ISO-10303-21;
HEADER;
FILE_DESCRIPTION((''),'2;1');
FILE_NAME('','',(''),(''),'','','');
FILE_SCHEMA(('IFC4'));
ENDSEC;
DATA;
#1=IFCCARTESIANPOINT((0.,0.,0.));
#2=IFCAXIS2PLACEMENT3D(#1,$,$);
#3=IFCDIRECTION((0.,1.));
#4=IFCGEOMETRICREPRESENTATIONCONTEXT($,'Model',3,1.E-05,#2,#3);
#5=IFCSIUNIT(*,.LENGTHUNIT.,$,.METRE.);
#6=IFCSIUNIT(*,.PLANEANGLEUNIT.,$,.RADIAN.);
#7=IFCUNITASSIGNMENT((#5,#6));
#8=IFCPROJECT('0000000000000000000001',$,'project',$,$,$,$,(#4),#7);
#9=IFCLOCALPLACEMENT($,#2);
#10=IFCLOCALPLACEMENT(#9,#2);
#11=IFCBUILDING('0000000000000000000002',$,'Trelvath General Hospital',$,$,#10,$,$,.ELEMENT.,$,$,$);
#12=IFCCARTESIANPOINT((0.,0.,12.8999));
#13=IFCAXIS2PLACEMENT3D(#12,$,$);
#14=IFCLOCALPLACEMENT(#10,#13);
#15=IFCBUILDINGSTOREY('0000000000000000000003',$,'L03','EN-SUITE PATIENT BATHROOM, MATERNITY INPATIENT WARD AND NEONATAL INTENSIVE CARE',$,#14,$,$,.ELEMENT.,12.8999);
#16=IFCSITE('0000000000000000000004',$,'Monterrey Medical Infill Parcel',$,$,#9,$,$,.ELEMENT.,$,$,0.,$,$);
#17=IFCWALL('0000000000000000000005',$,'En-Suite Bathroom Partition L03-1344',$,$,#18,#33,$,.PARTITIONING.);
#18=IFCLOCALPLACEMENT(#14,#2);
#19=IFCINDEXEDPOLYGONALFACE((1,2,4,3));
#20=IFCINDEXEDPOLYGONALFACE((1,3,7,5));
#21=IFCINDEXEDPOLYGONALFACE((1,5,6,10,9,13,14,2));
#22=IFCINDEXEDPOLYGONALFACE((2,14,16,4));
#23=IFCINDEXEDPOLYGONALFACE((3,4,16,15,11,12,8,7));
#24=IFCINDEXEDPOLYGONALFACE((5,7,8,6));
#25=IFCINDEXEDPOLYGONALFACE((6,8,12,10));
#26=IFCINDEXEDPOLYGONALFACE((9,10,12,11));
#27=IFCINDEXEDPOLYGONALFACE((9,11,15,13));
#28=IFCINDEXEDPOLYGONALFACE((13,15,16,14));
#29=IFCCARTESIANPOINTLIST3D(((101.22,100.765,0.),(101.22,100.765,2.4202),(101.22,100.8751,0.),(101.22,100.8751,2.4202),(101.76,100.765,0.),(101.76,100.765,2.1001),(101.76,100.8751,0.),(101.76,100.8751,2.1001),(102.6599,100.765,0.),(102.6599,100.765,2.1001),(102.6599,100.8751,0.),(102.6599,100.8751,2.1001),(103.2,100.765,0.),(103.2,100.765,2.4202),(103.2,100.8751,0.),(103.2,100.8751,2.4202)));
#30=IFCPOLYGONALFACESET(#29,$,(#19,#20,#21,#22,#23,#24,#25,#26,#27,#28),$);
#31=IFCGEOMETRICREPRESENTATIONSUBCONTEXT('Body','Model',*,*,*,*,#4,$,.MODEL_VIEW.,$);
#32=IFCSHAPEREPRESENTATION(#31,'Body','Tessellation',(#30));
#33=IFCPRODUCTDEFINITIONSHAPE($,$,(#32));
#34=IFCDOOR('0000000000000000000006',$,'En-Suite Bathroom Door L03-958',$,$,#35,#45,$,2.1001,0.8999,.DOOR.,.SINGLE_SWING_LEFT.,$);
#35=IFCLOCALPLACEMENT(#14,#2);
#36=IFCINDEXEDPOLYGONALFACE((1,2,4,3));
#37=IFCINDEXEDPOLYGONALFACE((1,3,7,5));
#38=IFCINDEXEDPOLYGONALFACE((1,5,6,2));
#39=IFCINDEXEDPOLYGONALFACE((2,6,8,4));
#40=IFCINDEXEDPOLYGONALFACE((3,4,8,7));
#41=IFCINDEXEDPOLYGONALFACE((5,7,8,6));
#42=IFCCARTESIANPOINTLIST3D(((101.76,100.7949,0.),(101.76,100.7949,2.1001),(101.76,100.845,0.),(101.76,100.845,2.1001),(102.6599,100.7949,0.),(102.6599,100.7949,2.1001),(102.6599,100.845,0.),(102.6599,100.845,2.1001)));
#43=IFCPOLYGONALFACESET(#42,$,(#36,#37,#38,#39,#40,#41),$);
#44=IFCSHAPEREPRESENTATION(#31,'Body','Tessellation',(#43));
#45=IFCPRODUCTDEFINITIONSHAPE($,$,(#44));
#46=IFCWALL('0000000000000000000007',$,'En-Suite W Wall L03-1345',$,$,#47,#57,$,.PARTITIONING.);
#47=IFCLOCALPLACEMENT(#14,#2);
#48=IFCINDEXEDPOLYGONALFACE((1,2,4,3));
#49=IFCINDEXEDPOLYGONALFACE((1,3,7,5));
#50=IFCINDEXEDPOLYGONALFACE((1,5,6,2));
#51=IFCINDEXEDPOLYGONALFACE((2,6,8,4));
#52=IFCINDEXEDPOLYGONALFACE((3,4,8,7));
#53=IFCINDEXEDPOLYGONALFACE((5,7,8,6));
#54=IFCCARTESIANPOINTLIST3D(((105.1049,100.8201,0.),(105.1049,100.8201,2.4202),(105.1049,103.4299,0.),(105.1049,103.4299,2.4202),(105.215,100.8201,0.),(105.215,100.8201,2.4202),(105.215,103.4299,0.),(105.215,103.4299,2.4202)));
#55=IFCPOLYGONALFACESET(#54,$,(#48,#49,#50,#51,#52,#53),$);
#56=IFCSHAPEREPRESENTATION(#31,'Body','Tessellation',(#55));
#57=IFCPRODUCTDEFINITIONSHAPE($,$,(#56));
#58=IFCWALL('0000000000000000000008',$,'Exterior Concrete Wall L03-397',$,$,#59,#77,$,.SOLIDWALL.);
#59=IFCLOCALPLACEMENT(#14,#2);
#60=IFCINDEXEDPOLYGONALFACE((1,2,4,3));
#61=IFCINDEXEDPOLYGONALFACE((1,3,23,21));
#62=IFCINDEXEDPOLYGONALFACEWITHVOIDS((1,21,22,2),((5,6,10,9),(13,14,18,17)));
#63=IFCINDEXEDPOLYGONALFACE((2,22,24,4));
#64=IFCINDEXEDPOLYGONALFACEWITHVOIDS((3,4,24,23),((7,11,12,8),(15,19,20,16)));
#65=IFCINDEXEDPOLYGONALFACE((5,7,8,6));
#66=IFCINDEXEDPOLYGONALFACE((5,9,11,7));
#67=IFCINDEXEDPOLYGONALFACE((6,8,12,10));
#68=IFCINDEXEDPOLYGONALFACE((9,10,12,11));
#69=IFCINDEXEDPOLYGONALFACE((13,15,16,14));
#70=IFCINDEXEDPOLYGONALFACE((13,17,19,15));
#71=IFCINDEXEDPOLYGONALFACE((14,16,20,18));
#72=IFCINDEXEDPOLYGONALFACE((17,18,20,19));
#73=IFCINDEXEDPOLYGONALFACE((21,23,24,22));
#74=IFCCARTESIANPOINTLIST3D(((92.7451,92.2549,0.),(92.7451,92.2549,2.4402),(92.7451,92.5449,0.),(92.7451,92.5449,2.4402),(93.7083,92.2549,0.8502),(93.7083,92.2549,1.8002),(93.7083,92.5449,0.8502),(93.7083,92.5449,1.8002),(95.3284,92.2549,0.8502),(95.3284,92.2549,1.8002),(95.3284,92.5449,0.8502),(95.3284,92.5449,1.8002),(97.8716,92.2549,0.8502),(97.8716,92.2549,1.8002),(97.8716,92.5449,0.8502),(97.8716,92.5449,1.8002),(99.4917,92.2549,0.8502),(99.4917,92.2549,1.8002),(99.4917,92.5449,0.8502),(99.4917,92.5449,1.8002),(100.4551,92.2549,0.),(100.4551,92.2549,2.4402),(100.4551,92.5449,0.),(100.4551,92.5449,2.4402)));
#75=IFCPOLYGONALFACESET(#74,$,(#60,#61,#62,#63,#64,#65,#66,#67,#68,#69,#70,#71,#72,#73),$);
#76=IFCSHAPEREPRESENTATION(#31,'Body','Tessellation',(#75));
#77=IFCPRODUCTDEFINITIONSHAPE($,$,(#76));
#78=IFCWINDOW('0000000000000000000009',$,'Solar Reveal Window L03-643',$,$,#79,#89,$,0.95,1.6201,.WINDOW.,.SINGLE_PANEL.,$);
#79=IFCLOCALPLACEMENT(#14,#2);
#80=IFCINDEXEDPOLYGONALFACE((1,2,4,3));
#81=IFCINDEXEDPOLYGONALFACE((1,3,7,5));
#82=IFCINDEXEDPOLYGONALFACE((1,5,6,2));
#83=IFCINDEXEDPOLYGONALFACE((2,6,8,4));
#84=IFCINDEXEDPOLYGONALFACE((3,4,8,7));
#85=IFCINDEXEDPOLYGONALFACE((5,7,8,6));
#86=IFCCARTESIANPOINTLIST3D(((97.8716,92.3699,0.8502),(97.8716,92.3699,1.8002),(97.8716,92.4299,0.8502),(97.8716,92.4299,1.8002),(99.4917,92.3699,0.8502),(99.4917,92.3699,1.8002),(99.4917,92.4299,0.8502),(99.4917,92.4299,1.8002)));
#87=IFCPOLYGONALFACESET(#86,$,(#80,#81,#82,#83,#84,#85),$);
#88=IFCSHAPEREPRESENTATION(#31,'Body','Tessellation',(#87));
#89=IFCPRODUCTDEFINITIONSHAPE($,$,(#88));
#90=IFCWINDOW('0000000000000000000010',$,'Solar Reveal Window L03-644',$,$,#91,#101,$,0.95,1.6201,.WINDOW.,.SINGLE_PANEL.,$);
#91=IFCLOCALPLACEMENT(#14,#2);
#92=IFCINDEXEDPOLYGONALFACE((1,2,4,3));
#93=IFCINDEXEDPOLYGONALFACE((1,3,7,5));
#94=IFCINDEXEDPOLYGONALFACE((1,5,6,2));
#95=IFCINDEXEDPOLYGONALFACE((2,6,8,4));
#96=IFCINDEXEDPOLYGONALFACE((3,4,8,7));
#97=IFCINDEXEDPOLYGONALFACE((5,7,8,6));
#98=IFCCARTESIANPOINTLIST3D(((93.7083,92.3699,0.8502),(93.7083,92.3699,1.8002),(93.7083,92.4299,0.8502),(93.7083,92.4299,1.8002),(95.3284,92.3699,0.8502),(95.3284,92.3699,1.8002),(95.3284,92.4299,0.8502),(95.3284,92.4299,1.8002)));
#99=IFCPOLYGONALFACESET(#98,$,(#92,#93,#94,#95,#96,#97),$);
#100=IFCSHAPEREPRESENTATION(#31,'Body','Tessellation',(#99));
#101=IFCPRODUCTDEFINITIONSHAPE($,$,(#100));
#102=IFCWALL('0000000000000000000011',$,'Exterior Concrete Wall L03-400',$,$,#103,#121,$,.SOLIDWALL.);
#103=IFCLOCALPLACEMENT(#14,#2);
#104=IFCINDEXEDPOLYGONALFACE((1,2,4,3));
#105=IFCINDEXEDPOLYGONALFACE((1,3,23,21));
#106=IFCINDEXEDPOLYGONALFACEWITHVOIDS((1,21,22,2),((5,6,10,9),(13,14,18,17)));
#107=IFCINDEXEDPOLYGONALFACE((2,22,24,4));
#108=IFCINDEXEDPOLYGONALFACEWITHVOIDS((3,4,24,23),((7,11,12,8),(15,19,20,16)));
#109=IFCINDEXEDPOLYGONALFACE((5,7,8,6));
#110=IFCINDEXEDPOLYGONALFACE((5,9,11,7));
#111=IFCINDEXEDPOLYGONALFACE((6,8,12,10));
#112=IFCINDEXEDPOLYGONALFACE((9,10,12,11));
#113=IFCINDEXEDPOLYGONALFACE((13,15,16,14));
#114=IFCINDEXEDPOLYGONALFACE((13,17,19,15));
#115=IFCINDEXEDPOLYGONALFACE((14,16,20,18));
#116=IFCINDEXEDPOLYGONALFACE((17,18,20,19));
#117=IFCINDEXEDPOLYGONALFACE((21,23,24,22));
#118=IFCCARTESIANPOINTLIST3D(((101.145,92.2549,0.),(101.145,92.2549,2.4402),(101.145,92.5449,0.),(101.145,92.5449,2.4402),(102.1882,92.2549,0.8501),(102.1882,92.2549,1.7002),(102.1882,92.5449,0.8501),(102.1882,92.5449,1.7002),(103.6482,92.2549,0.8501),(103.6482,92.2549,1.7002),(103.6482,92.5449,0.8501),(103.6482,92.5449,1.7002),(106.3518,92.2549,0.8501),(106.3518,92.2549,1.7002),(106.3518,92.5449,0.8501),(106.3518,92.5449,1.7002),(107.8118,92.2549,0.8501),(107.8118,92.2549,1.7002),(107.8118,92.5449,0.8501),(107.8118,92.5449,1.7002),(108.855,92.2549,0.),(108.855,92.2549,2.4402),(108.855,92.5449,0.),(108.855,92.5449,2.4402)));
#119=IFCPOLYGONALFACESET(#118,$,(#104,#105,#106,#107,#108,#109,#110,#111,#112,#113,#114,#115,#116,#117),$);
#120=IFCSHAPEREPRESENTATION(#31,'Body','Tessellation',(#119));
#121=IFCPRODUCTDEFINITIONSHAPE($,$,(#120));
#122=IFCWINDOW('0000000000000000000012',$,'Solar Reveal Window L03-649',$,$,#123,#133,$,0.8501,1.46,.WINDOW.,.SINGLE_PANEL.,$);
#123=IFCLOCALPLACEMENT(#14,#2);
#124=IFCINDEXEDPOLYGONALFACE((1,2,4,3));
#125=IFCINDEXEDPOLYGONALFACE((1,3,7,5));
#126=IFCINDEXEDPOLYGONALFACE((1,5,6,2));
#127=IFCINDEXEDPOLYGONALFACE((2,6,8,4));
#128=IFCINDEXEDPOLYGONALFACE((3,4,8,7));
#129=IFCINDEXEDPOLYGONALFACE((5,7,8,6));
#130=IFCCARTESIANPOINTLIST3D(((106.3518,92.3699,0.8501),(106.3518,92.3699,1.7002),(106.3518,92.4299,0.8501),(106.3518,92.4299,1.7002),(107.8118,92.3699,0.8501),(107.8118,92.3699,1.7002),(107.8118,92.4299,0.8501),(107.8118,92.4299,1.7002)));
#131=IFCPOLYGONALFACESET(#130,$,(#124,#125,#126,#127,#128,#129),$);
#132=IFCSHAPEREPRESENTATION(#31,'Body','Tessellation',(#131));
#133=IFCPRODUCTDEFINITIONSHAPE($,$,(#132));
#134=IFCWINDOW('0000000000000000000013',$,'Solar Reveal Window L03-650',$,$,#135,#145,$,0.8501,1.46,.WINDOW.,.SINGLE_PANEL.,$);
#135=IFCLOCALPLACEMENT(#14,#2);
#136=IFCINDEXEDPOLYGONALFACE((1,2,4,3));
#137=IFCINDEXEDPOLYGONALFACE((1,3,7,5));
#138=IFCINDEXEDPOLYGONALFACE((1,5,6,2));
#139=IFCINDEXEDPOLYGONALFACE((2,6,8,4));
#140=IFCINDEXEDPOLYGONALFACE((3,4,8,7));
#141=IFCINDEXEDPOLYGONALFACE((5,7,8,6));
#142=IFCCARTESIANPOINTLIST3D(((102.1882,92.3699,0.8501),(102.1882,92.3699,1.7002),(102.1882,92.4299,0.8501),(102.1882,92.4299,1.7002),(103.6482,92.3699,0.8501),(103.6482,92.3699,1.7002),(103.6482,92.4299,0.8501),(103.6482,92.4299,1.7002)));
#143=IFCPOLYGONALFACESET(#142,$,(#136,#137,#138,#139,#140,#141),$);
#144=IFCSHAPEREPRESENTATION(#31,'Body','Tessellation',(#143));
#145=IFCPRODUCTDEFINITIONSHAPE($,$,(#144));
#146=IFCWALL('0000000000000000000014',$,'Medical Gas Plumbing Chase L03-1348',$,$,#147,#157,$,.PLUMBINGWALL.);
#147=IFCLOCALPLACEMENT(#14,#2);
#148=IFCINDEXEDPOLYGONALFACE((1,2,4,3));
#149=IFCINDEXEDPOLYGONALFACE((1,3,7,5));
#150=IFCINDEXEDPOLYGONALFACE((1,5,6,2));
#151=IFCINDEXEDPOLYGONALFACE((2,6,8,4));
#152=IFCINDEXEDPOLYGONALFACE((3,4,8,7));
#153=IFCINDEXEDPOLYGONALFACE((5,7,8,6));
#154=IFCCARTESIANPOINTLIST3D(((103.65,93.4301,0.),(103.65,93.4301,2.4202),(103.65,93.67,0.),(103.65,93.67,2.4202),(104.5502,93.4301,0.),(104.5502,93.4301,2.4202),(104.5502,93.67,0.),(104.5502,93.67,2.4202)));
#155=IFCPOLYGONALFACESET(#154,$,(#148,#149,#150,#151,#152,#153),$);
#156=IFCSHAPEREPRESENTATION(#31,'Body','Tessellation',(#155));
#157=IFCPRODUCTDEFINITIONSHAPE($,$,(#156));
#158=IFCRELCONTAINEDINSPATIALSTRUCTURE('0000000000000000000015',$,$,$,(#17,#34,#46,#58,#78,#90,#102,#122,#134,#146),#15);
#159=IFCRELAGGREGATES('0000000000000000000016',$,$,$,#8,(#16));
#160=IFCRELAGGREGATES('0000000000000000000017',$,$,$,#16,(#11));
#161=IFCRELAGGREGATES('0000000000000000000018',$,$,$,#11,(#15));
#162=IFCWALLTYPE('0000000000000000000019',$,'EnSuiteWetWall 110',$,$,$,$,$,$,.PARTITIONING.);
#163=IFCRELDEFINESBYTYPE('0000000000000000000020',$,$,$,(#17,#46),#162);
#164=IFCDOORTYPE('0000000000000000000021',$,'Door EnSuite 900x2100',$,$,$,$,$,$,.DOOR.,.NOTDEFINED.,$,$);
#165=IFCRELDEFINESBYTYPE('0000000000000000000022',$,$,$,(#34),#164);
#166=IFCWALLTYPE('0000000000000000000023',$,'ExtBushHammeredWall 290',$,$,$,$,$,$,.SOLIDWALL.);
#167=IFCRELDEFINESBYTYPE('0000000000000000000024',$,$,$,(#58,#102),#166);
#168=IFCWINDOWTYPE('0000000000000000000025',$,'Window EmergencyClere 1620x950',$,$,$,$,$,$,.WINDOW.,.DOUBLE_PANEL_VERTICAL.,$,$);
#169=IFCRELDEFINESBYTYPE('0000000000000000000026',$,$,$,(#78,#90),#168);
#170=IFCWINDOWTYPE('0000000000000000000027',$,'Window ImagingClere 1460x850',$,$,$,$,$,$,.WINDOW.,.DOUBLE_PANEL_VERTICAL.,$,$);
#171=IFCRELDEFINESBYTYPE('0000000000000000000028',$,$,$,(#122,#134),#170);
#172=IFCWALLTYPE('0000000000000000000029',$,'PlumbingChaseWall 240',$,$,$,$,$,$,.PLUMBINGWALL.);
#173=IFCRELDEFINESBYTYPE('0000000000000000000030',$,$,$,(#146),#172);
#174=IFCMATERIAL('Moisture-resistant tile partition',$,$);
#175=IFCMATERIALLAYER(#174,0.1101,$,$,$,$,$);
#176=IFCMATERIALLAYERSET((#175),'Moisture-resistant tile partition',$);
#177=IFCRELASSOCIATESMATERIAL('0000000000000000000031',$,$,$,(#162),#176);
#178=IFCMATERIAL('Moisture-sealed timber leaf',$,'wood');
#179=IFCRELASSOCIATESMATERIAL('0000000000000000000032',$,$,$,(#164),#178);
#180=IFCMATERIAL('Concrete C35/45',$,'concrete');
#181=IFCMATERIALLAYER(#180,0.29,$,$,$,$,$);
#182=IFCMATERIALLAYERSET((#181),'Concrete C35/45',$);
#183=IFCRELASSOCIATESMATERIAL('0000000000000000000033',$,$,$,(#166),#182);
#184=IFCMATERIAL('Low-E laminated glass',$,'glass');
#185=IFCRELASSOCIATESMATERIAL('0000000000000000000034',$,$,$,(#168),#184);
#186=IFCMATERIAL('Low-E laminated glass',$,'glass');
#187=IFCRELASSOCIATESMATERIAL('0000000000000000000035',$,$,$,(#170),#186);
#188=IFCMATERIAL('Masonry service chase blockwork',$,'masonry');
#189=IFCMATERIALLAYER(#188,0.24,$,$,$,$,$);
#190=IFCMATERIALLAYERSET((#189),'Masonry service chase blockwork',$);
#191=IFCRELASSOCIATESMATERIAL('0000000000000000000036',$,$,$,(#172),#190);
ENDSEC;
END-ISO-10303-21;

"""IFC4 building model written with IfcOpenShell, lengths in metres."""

from ifc_helpers import new_model, si_unit, direction, frame, frame_2d, origin, place, context, subcontext, project, spatial, rectangle, extrude, material, layer, layer_set, type_object, element, fill, save


model = new_model("IFC4")

# Units and contexts
model_context = context("Model", 3, precision=1e-05, world=origin(), true_north=direction((0.0, 1.0)))
body_context = subcontext(model_context, "Body", "Model", "MODEL_VIEW")
ifc_project = project(units=[si_unit("LENGTHUNIT", "METRE"), si_unit("PLANEANGLEUNIT", "RADIAN")], contexts=[model_context])

# Site, building, storey
site_placement = place(None, origin())
site = spatial("IfcSite", under=ifc_project, at=site_placement, Name="Monterrey Medical Infill Parcel", CompositionType="ELEMENT", RefElevation=0.0)
building_placement = place(site_placement, origin())
building = spatial("IfcBuilding", under=site, at=building_placement, Name="Trelvath General Hospital", CompositionType="ELEMENT")
storey_placement = place(building_placement, frame((0.0, 0.0, 12.8999)))
storey = spatial("IfcBuildingStorey", under=building, at=storey_placement, Name="L03", Description="EN-SUITE PATIENT BATHROOM, MATERNITY INPATIENT WARD AND NEONATAL INTENSIVE CARE", CompositionType="ELEMENT", Elevation=12.8999)

# Shared definitions
ifc_material_1 = material(Name="Moisture-resistant tile partition")
ifc_layer_1 = layer(ifc_material_1, 0.1101)
ifc_layer_set_1 = layer_set([ifc_layer_1], Name="Moisture-resistant tile partition")
wall_type_1 = type_object("IfcWallType", Name="EnSuiteWetWall 110", PredefinedType="PARTITIONING", material=ifc_layer_set_1)

# Wall, opening, door
wall_1_placement = place(storey_placement, frame((101.22, 100.8201, 0.0), z_axis=(0.0, 0.0, 1.0), x_axis=(1.0, 0.0, 0.0)))
wall_1 = element("IfcWall", 1, at=wall_1_placement, inside=storey, type_object=wall_type_1, Name="En-Suite Bathroom Partition L03-1344", PredefinedType="PARTITIONING", context=body_context, shape_type="SweptSolid", body=[
    extrude(rectangle(XDim=1.98, YDim=0.1101, at=frame_2d((0.99, 0.0))), origin(), (0.0, 0.0, 1.0), 2.4202),
])
opening_1_placement = place(wall_1_placement, frame((0.54, 0.0, 0.0)))
opening_1 = element("IfcOpeningElement", 2, at=opening_1_placement, cuts=wall_1, PredefinedType="OPENING", context=body_context, shape_type="SweptSolid", body=[
    extrude(rectangle(XDim=0.8999, YDim=2.1001, at=frame_2d((0.45, 1.05))), frame((0.0, 0.0649, 0.0), z_axis=(0.0, -1.0, 0.0), x_axis=(1.0, 0.0, 0.0)), (0.0, 0.0, 1.0), 0.1301),
])
ifc_material_2 = material(Name="Moisture-sealed timber leaf", Category="wood")
door_type = type_object("IfcDoorType", Name="Door EnSuite 900x2100", OperationType="NOTDEFINED", PredefinedType="DOOR", material=ifc_material_2)
door_placement = place(opening_1_placement, origin())
door = element("IfcDoor", 3, at=door_placement, inside=storey, type_object=door_type, Name="En-Suite Bathroom Door L03-958", OperationType="SINGLE_SWING_LEFT", OverallHeight=2.1001, OverallWidth=0.8999, PredefinedType="DOOR", context=body_context, shape_type="SweptSolid", body=[
    extrude(rectangle(XDim=0.8999, YDim=2.1001, at=frame_2d((0.45, 1.05))), frame((0.0, 0.0249, 0.0), z_axis=(0.0, -1.0, 0.0), x_axis=(1.0, 0.0, 0.0)), (0.0, 0.0, 1.0), 0.05),
])
fill(opening_1, door)

# Wall
wall_2_placement = place(storey_placement, frame((105.1599, 100.8201, 0.0), z_axis=(0.0, 0.0, 1.0), x_axis=(0.0, 1.0, 0.0)))
element("IfcWall", 4, at=wall_2_placement, inside=storey, type_object=wall_type_1, Name="En-Suite W Wall L03-1345", PredefinedType="PARTITIONING", context=body_context, shape_type="SweptSolid", body=[
    extrude(rectangle(XDim=2.6099, YDim=0.1101, at=frame_2d((1.3049, 0.0))), origin(), (0.0, 0.0, 1.0), 2.4202),
])

# Walls, openings, windows
ifc_material_3 = material(Name="Concrete C35/45", Category="concrete")
ifc_layer_2 = layer(ifc_material_3, 0.29)
ifc_layer_set_2 = layer_set([ifc_layer_2], Name="Concrete C35/45")
wall_type_2 = type_object("IfcWallType", Name="ExtBushHammeredWall 290", PredefinedType="SOLIDWALL", material=ifc_layer_set_2)
wall_3_placement = place(storey_placement, frame((100.4551, 92.3999, 0.0), z_axis=(0.0, 0.0, 1.0), x_axis=(-1.0, 0.0, 0.0)))
wall_3 = element("IfcWall", 5, at=wall_3_placement, inside=storey, type_object=wall_type_2, Name="Exterior Concrete Wall L03-397", PredefinedType="SOLIDWALL", context=body_context, shape_type="SweptSolid", body=[
    extrude(rectangle(XDim=7.71, YDim=0.29, at=frame_2d((3.855, 0.0))), origin(), (0.0, 0.0, 1.0), 2.4402),
])
opening_2_placement = place(wall_3_placement, frame((0.9634, 0.0, 0.8501)))
opening_2 = element("IfcOpeningElement", 6, at=opening_2_placement, cuts=wall_3, PredefinedType="OPENING", context=body_context, shape_type="SweptSolid", body=[
    extrude(rectangle(XDim=1.6201, YDim=0.95, at=frame_2d((0.8101, 0.4751))), frame((0.0, 0.155, 0.0), z_axis=(0.0, -1.0, 0.0), x_axis=(1.0, 0.0, 0.0)), (0.0, 0.0, 1.0), 0.3101),
])
opening_3_placement = place(wall_3_placement, frame((5.1267, 0.0, 0.8501)))
opening_3 = element("IfcOpeningElement", 7, at=opening_3_placement, cuts=wall_3, PredefinedType="OPENING", context=body_context, shape_type="SweptSolid", body=[
    extrude(rectangle(XDim=1.6201, YDim=0.95, at=frame_2d((0.8101, 0.4751))), frame((0.0, 0.155, 0.0), z_axis=(0.0, -1.0, 0.0), x_axis=(1.0, 0.0, 0.0)), (0.0, 0.0, 1.0), 0.3101),
])
ifc_material_4 = material(Name="Low-E laminated glass", Category="glass")
window_type_1 = type_object("IfcWindowType", Name="Window EmergencyClere 1620x950", PartitioningType="DOUBLE_PANEL_VERTICAL", PredefinedType="WINDOW", material=ifc_material_4)
window_1_placement = place(opening_2_placement, origin())
window_1 = element("IfcWindow", 8, at=window_1_placement, inside=storey, type_object=window_type_1, Name="Solar Reveal Window L03-643", OverallHeight=0.95, OverallWidth=1.6201, PartitioningType="SINGLE_PANEL", PredefinedType="WINDOW", context=body_context, shape_type="SweptSolid", body=[
    extrude(rectangle(XDim=1.6201, YDim=0.95, at=frame_2d((0.8101, 0.4751))), frame((0.0, 0.03, 0.0), z_axis=(0.0, -1.0, 0.0), x_axis=(1.0, 0.0, 0.0)), (0.0, 0.0, 1.0), 0.0601),
])
fill(opening_2, window_1)
window_2_placement = place(opening_3_placement, origin())
window_2 = element("IfcWindow", 9, at=window_2_placement, inside=storey, type_object=window_type_1, Name="Solar Reveal Window L03-644", OverallHeight=0.95, OverallWidth=1.6201, PartitioningType="SINGLE_PANEL", PredefinedType="WINDOW", context=body_context, shape_type="SweptSolid", body=[
    extrude(rectangle(XDim=1.6201, YDim=0.95, at=frame_2d((0.8101, 0.4751))), frame((0.0, 0.03, 0.0), z_axis=(0.0, -1.0, 0.0), x_axis=(1.0, 0.0, 0.0)), (0.0, 0.0, 1.0), 0.0601),
])
fill(opening_3, window_2)
wall_4_placement = place(storey_placement, frame((108.855, 92.3999, 0.0), z_axis=(0.0, 0.0, 1.0), x_axis=(-1.0, 0.0, 0.0)))
wall_4 = element("IfcWall", 10, at=wall_4_placement, inside=storey, type_object=wall_type_2, Name="Exterior Concrete Wall L03-400", PredefinedType="SOLIDWALL", context=body_context, shape_type="SweptSolid", body=[
    extrude(rectangle(XDim=7.71, YDim=0.29, at=frame_2d((3.855, 0.0))), origin(), (0.0, 0.0, 1.0), 2.4402),
])
opening_4_placement = place(wall_4_placement, frame((1.0432, 0.0, 0.8501)))
opening_4 = element("IfcOpeningElement", 11, at=opening_4_placement, cuts=wall_4, PredefinedType="OPENING", context=body_context, shape_type="SweptSolid", body=[
    extrude(rectangle(XDim=1.46, YDim=0.8501, at=frame_2d((0.73, 0.425))), frame((0.0, 0.155, 0.0), z_axis=(0.0, -1.0, 0.0), x_axis=(1.0, 0.0, 0.0)), (0.0, 0.0, 1.0), 0.3101),
])
opening_5_placement = place(wall_4_placement, frame((5.2068, 0.0, 0.8501)))
opening_5 = element("IfcOpeningElement", 12, at=opening_5_placement, cuts=wall_4, PredefinedType="OPENING", context=body_context, shape_type="SweptSolid", body=[
    extrude(rectangle(XDim=1.46, YDim=0.8501, at=frame_2d((0.73, 0.425))), frame((0.0, 0.155, 0.0), z_axis=(0.0, -1.0, 0.0), x_axis=(1.0, 0.0, 0.0)), (0.0, 0.0, 1.0), 0.3101),
])
ifc_material_5 = material(Name="Low-E laminated glass", Category="glass")
window_type_2 = type_object("IfcWindowType", Name="Window ImagingClere 1460x850", PartitioningType="DOUBLE_PANEL_VERTICAL", PredefinedType="WINDOW", material=ifc_material_5)
window_3_placement = place(opening_4_placement, origin())
window_3 = element("IfcWindow", 13, at=window_3_placement, inside=storey, type_object=window_type_2, Name="Solar Reveal Window L03-649", OverallHeight=0.8501, OverallWidth=1.46, PartitioningType="SINGLE_PANEL", PredefinedType="WINDOW", context=body_context, shape_type="SweptSolid", body=[
    extrude(rectangle(XDim=1.46, YDim=0.8501, at=frame_2d((0.73, 0.425))), frame((0.0, 0.03, 0.0), z_axis=(0.0, -1.0, 0.0), x_axis=(1.0, 0.0, 0.0)), (0.0, 0.0, 1.0), 0.0601),
])
fill(opening_4, window_3)
window_4_placement = place(opening_5_placement, origin())
window_4 = element("IfcWindow", 14, at=window_4_placement, inside=storey, type_object=window_type_2, Name="Solar Reveal Window L03-650", OverallHeight=0.8501, OverallWidth=1.46, PartitioningType="SINGLE_PANEL", PredefinedType="WINDOW", context=body_context, shape_type="SweptSolid", body=[
    extrude(rectangle(XDim=1.46, YDim=0.8501, at=frame_2d((0.73, 0.425))), frame((0.0, 0.03, 0.0), z_axis=(0.0, -1.0, 0.0), x_axis=(1.0, 0.0, 0.0)), (0.0, 0.0, 1.0), 0.0601),
])
fill(opening_5, window_4)

# Wall
ifc_material_6 = material(Name="Masonry service chase blockwork", Category="masonry")
ifc_layer_3 = layer(ifc_material_6, 0.24)
ifc_layer_set_3 = layer_set([ifc_layer_3], Name="Masonry service chase blockwork")
wall_type_3 = type_object("IfcWallType", Name="PlumbingChaseWall 240", PredefinedType="PLUMBINGWALL", material=ifc_layer_set_3)
wall_5_placement = place(storey_placement, frame((103.6499, 93.55, 0.0), z_axis=(0.0, 0.0, 1.0), x_axis=(1.0, 0.0, 0.0)))
element("IfcWall", 15, at=wall_5_placement, inside=storey, type_object=wall_type_3, Name="Medical Gas Plumbing Chase L03-1348", PredefinedType="PLUMBINGWALL", context=body_context, shape_type="SweptSolid", body=[
    extrude(rectangle(XDim=0.9001, YDim=0.24, at=frame_2d((0.4502, 0.0))), origin(), (0.0, 0.0, 1.0), 2.4202),
])

save(model, "model.ifc")
